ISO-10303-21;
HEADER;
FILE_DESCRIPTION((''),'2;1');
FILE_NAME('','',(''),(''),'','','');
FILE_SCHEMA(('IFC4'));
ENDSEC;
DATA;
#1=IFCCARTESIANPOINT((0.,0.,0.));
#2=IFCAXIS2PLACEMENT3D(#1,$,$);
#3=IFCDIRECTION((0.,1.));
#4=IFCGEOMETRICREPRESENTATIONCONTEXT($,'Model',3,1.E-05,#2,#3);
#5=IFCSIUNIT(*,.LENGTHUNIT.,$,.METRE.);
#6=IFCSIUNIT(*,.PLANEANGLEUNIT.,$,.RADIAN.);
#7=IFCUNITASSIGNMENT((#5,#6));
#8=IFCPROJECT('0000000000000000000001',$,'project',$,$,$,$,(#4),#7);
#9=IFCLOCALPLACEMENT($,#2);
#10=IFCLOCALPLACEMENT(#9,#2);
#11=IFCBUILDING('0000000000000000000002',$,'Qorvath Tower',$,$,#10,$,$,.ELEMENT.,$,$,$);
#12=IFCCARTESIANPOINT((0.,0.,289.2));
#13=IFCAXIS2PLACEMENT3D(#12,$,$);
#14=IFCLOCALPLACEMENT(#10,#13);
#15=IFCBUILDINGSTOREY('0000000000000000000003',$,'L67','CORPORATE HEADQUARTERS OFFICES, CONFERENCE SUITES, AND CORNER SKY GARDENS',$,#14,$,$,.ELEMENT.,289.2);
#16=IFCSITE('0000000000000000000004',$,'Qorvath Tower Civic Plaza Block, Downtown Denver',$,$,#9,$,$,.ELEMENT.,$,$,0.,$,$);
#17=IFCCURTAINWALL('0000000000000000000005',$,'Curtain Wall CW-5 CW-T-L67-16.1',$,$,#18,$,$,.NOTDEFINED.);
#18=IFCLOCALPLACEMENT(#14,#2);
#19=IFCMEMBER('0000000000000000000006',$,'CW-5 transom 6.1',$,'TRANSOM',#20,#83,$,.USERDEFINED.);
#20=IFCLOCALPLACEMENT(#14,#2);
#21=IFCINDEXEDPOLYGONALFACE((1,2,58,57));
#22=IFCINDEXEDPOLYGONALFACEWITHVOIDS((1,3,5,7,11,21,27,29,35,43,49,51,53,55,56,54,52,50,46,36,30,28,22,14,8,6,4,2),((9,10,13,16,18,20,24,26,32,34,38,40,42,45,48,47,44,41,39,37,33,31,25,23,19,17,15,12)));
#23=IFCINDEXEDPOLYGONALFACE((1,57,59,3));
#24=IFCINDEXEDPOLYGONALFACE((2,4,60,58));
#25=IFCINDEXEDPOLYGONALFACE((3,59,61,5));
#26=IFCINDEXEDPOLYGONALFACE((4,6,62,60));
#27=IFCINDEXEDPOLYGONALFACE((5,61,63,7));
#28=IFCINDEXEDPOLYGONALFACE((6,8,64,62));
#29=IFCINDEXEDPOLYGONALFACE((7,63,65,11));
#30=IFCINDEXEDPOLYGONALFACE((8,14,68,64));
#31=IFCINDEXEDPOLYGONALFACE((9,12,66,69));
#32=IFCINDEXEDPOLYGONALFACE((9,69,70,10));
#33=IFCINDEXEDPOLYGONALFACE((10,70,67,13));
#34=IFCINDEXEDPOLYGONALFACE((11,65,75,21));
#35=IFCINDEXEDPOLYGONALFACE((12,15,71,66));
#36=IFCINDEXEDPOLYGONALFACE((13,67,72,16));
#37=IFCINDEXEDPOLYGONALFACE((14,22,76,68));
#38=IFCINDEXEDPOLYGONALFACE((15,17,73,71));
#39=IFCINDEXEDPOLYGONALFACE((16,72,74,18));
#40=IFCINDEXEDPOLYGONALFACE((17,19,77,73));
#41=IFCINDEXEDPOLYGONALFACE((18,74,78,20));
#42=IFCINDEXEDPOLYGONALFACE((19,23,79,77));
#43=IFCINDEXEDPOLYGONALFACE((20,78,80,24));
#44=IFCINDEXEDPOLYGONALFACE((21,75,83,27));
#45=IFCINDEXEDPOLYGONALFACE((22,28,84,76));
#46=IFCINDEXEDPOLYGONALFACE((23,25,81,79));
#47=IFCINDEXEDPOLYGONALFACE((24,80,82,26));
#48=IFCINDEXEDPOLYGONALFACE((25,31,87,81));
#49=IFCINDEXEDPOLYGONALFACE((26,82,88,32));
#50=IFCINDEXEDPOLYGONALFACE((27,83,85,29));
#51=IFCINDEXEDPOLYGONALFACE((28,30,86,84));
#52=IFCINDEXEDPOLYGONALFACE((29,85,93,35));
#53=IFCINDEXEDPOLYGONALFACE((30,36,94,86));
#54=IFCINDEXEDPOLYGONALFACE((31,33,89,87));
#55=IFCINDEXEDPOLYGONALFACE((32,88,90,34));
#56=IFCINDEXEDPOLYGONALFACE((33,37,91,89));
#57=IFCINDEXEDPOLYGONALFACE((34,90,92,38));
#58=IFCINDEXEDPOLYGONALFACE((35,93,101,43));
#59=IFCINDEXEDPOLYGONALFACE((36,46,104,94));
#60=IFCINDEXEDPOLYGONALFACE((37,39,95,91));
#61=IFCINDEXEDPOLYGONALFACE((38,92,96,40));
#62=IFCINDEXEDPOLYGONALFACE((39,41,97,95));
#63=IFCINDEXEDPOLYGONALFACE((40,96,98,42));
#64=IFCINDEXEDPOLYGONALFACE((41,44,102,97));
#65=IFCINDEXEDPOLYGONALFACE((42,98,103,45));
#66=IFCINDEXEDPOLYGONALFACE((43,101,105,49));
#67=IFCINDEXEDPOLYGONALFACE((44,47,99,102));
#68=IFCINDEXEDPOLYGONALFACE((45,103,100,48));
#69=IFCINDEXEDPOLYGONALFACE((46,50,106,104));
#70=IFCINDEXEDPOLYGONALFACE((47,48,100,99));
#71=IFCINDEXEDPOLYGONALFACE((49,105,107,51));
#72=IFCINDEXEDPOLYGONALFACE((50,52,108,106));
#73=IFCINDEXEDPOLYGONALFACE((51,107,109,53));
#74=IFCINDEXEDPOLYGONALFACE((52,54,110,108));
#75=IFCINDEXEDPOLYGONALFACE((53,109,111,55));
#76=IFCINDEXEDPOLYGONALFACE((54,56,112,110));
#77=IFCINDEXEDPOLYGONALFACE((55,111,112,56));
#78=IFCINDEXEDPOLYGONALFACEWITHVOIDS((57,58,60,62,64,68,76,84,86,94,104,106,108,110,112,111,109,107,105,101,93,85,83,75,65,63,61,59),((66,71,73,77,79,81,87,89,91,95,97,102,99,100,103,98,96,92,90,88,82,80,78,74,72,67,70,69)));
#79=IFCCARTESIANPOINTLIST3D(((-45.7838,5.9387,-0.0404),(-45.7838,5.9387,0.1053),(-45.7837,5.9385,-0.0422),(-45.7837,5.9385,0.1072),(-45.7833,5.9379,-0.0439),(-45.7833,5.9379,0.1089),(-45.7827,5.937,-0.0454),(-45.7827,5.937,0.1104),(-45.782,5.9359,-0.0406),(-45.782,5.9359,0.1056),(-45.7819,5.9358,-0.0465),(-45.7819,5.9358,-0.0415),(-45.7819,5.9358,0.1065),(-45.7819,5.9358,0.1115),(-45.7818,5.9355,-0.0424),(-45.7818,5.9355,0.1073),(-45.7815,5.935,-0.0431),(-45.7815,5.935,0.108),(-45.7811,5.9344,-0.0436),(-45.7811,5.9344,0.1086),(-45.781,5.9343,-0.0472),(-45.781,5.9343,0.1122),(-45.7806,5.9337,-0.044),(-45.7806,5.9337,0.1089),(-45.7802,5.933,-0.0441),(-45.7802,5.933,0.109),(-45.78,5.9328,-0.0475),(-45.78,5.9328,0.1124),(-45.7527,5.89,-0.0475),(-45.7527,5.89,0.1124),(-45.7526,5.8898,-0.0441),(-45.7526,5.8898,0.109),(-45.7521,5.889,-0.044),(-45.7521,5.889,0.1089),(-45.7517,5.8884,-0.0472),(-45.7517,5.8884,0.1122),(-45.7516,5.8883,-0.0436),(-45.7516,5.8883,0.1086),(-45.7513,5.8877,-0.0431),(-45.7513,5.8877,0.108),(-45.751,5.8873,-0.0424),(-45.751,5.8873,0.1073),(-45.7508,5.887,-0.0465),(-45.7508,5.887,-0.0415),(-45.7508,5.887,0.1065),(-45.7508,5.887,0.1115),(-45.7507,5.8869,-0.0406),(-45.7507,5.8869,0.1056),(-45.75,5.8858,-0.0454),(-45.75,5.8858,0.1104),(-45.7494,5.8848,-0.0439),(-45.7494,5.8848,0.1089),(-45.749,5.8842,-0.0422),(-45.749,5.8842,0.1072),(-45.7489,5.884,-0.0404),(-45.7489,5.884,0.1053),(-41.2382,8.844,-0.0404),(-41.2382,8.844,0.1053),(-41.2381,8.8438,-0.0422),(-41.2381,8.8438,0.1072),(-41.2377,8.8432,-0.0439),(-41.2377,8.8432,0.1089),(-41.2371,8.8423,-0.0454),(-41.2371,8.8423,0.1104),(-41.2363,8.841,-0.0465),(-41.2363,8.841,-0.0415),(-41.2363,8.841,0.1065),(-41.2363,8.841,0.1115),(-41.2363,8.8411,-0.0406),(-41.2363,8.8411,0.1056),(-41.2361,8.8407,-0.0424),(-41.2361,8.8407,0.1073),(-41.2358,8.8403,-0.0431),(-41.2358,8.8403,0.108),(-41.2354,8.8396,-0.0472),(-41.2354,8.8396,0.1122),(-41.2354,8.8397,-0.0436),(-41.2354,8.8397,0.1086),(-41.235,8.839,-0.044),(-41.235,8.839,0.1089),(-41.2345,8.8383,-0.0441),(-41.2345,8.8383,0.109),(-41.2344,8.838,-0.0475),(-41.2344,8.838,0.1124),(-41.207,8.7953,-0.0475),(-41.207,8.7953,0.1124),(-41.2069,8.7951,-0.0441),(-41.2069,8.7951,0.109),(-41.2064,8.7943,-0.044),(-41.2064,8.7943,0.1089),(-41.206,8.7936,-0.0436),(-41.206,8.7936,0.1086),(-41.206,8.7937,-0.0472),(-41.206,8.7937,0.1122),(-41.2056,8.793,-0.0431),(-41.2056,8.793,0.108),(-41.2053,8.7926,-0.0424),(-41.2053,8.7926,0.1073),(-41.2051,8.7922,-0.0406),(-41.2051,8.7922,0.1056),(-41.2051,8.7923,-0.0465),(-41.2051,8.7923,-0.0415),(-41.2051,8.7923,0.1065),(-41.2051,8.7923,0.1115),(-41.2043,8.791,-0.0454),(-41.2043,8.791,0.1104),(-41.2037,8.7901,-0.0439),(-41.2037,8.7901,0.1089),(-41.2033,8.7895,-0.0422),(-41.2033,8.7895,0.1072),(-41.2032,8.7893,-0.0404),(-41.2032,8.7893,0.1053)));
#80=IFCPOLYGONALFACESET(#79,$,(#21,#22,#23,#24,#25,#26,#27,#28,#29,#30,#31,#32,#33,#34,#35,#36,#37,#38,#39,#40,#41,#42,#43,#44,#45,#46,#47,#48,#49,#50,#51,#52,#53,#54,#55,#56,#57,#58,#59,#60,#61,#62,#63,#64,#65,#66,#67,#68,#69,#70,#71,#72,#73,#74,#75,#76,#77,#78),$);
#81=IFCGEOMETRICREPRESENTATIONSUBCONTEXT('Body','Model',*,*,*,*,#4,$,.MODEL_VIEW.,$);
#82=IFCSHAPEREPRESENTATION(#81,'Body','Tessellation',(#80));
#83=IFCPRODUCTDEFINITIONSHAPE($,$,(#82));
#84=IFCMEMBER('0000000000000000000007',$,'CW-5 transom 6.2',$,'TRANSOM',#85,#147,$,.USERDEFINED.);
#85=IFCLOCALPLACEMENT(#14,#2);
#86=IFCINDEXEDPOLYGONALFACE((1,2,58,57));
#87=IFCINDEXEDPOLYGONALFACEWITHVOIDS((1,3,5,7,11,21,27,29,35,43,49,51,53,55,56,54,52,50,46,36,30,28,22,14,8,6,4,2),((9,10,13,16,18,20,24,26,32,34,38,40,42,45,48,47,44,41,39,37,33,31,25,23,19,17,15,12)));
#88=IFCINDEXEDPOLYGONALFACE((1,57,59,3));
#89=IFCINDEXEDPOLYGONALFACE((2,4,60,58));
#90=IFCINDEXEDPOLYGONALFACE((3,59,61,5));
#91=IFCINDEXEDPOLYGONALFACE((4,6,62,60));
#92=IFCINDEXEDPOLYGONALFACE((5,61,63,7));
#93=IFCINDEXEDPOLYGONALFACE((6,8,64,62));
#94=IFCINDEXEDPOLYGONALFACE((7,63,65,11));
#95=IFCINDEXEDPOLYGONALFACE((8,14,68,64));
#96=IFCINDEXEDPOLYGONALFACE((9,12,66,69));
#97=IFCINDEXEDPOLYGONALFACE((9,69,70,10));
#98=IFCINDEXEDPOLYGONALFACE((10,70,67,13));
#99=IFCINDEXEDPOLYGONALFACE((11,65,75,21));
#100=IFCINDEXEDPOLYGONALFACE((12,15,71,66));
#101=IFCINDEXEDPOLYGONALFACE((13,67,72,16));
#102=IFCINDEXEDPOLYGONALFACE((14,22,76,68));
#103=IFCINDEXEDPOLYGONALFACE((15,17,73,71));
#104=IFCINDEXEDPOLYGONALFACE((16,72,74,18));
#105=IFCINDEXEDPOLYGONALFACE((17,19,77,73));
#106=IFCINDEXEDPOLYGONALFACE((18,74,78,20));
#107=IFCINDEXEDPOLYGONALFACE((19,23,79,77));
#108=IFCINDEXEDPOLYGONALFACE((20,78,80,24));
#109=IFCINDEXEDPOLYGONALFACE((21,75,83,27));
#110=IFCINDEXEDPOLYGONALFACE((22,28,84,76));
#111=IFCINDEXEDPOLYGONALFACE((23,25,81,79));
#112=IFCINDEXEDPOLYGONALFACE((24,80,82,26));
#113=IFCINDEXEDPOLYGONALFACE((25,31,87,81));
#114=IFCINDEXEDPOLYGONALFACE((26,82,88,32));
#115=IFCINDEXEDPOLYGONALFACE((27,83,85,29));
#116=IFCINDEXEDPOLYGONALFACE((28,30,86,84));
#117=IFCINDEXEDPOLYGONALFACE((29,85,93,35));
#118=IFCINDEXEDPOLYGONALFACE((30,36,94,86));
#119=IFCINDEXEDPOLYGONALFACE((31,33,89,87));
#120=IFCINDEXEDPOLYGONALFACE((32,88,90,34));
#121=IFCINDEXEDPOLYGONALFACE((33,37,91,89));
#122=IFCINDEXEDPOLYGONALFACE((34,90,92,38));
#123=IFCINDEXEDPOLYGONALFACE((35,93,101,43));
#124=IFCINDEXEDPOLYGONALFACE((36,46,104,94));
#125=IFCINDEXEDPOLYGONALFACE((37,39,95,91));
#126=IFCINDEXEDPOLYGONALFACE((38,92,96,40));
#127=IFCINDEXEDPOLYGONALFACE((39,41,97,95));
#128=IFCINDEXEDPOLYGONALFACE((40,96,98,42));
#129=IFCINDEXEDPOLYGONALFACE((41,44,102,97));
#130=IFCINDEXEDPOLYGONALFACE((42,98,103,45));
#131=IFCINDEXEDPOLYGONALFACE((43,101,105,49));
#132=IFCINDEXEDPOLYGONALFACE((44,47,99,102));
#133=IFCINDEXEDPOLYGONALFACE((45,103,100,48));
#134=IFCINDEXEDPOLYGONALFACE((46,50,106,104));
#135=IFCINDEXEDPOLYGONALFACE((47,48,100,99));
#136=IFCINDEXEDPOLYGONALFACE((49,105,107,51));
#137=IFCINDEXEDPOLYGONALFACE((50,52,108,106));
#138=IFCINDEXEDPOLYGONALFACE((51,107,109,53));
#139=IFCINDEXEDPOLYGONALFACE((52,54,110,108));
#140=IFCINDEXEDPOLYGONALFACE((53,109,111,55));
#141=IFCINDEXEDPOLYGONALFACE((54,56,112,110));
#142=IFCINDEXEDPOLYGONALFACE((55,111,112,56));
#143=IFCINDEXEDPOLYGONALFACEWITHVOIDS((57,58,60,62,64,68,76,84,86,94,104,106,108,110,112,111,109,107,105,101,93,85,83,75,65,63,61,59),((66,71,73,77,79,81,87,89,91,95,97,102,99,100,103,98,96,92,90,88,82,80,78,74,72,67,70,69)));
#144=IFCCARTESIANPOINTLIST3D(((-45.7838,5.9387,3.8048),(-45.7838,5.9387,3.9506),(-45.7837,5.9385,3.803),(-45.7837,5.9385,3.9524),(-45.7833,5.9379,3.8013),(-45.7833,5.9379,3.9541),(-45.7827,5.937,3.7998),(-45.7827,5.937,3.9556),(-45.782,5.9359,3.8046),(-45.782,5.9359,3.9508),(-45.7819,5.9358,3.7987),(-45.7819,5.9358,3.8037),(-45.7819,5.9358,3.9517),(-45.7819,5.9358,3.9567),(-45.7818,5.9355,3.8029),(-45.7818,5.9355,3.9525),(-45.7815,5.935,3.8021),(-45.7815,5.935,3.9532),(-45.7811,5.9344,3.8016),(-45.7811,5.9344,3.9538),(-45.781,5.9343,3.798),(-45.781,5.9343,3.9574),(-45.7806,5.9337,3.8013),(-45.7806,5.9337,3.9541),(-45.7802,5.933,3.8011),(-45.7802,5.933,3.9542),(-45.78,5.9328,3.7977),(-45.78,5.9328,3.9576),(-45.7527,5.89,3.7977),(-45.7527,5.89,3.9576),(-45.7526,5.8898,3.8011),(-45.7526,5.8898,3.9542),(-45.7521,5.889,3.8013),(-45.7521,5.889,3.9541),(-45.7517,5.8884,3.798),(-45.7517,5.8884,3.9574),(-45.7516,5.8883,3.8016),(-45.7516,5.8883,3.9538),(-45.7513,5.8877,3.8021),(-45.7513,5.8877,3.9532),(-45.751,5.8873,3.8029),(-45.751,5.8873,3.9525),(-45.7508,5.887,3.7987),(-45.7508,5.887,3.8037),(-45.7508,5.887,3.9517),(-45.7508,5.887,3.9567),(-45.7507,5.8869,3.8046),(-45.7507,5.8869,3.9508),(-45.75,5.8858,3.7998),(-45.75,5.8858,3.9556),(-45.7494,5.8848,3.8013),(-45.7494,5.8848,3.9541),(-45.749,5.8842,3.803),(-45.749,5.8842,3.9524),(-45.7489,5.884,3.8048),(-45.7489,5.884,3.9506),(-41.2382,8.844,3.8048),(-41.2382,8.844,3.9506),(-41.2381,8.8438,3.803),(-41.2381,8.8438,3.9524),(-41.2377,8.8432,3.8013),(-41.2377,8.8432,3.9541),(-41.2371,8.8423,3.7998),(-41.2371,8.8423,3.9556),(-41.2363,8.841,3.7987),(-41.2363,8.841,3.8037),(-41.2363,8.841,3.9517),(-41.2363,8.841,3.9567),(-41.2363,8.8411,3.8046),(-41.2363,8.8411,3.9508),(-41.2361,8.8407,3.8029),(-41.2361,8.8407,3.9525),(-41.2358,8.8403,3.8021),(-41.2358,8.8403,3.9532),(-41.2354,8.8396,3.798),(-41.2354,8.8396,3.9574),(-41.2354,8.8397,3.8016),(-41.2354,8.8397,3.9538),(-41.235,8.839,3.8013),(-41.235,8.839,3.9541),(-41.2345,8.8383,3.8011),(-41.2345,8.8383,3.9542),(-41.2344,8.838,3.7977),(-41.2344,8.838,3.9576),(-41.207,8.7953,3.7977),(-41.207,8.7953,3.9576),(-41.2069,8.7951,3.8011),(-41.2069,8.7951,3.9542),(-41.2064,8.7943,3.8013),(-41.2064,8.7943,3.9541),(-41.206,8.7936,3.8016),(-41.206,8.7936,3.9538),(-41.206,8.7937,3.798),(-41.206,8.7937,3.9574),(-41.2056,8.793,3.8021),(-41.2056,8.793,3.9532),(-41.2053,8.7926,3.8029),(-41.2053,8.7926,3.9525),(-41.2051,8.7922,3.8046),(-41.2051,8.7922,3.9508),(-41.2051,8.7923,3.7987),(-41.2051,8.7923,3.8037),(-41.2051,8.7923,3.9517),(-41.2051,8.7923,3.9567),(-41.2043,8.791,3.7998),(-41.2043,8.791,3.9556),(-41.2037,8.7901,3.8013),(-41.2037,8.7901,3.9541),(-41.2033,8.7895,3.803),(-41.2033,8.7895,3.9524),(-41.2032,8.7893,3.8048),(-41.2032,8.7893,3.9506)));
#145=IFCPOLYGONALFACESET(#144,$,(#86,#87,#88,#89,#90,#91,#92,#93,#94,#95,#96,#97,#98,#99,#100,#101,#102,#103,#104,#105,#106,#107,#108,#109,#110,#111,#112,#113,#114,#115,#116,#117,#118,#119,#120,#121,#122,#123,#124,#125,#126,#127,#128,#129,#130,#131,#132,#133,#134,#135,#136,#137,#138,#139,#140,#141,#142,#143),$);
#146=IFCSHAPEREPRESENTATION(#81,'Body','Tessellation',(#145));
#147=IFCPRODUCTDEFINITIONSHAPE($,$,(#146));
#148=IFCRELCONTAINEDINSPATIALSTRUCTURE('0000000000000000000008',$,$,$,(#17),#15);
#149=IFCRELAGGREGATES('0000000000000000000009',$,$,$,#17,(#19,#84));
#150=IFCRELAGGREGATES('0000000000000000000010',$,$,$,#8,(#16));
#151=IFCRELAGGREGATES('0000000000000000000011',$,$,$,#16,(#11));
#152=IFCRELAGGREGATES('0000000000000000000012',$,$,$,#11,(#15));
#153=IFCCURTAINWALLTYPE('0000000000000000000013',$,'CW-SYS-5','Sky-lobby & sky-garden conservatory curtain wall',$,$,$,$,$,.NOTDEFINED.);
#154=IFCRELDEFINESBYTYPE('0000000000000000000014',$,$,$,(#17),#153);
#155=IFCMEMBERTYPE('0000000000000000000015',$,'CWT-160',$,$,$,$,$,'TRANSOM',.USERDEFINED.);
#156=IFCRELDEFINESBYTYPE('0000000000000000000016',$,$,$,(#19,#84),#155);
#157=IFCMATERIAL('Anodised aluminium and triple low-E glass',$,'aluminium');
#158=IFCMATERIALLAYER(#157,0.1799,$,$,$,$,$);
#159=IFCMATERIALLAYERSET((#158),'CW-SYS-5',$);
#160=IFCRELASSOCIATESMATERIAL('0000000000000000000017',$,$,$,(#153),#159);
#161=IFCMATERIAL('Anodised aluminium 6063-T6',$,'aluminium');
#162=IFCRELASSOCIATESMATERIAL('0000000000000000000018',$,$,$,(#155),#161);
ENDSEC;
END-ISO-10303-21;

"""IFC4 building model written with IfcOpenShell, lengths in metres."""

from ifc_helpers import new_model, si_unit, direction, frame, origin, origin_2d, place, context, subcontext, project, spatial, hollow_rectangle, extrude, material, layer, layer_set, material_profile, profile_set, type_object, element, aggregate, save


model = new_model("IFC4")

# Units and contexts
model_context = context("Model", 3, precision=1e-05, world=origin(), true_north=direction((0.0, 1.0)))
body_context = subcontext(model_context, "Body", "Model", "MODEL_VIEW")
ifc_project = project(units=[si_unit("LENGTHUNIT", "METRE"), si_unit("PLANEANGLEUNIT", "RADIAN")], contexts=[model_context])

# Site, building, storey
site_placement = place(None, origin())
site = spatial("IfcSite", under=ifc_project, at=site_placement, Name="Qorvath Tower Civic Plaza Block, Downtown Denver", CompositionType="ELEMENT", RefElevation=0.0)
building_placement = place(site_placement, origin())
building = spatial("IfcBuilding", under=site, at=building_placement, Name="Qorvath Tower", CompositionType="ELEMENT")
storey_placement = place(building_placement, frame((0.0, 0.0, 289.2)))
storey = spatial("IfcBuildingStorey", under=building, at=storey_placement, Name="L67", Description="CORPORATE HEADQUARTERS OFFICES, CONFERENCE SUITES, AND CORNER SKY GARDENS", CompositionType="ELEMENT", Elevation=289.2)

# Curtain wall, members
ifc_material_1 = material(Name="Anodised aluminium and triple low-E glass", Category="aluminium")
ifc_layer_1 = layer(ifc_material_1, 0.1799)
ifc_layer_set_1 = layer_set([ifc_layer_1], Name="CW-SYS-5")
curtain_wall_type = type_object("IfcCurtainWallType", Name="CW-SYS-5", Description="Sky-lobby & sky-garden conservatory curtain wall", PredefinedType="NOTDEFINED", material=ifc_layer_set_1)
curtain_wall_placement = place(storey_placement, origin())
curtain_wall = element("IfcCurtainWall", 1, at=curtain_wall_placement, inside=storey, type_object=curtain_wall_type, Name="Curtain Wall CW-5 CW-T-L67-16.1", PredefinedType="NOTDEFINED")
ifc_material_2 = material(Name="Anodised aluminium 6063-T6", Category="aluminium")
ifc_material_profile_1 = material_profile(ifc_material_2, hollow_rectangle(XDim=0.0649, YDim=0.1599, WallThickness=0.0034, InnerFilletRadius=0.0034, OuterFilletRadius=0.0071, at=origin_2d()), Name="CWT 160x65")
ifc_profile_set_1 = profile_set([ifc_material_profile_1], Name="Anodised aluminium 6063-T6")
member_type_1 = type_object("IfcMemberType", Name="CWT-160", ElementType="TRANSOM", PredefinedType="USERDEFINED", material=ifc_profile_set_1)
member_1_placement = place(storey_placement, frame((-41.2207, 8.8167, 0.0325), z_axis=(-0.842603, -0.538535, 0.0), x_axis=(0.538535, -0.842603, 0.0)))
member_1 = element("IfcMember", 2, at=member_1_placement, type_object=member_type_1, Name="CW-5 transom 6.1", ObjectType="TRANSOM", PredefinedType="USERDEFINED", context=body_context, shape_type="SweptSolid", body=[
    extrude(hollow_rectangle(XDim=0.0649, YDim=0.1599, WallThickness=0.0034, InnerFilletRadius=0.0034, OuterFilletRadius=0.0071, at=origin_2d()), origin(), (0.0, 0.0, 1.0), 5.3948),
])
member_2_placement = place(storey_placement, frame((-41.2207, 8.8167, 3.8777), z_axis=(-0.842603, -0.538535, 0.0), x_axis=(0.538535, -0.842603, 0.0)))
member_2 = element("IfcMember", 3, at=member_2_placement, type_object=member_type_1, Name="CW-5 transom 6.2", ObjectType="TRANSOM", PredefinedType="USERDEFINED", context=body_context, shape_type="SweptSolid", body=[
    extrude(hollow_rectangle(XDim=0.0649, YDim=0.1599, WallThickness=0.0034, InnerFilletRadius=0.0034, OuterFilletRadius=0.0071, at=origin_2d()), origin(), (0.0, 0.0, 1.0), 5.3948),
])

aggregate(curtain_wall, [member_1, member_2])

save(model, "model.ifc")
